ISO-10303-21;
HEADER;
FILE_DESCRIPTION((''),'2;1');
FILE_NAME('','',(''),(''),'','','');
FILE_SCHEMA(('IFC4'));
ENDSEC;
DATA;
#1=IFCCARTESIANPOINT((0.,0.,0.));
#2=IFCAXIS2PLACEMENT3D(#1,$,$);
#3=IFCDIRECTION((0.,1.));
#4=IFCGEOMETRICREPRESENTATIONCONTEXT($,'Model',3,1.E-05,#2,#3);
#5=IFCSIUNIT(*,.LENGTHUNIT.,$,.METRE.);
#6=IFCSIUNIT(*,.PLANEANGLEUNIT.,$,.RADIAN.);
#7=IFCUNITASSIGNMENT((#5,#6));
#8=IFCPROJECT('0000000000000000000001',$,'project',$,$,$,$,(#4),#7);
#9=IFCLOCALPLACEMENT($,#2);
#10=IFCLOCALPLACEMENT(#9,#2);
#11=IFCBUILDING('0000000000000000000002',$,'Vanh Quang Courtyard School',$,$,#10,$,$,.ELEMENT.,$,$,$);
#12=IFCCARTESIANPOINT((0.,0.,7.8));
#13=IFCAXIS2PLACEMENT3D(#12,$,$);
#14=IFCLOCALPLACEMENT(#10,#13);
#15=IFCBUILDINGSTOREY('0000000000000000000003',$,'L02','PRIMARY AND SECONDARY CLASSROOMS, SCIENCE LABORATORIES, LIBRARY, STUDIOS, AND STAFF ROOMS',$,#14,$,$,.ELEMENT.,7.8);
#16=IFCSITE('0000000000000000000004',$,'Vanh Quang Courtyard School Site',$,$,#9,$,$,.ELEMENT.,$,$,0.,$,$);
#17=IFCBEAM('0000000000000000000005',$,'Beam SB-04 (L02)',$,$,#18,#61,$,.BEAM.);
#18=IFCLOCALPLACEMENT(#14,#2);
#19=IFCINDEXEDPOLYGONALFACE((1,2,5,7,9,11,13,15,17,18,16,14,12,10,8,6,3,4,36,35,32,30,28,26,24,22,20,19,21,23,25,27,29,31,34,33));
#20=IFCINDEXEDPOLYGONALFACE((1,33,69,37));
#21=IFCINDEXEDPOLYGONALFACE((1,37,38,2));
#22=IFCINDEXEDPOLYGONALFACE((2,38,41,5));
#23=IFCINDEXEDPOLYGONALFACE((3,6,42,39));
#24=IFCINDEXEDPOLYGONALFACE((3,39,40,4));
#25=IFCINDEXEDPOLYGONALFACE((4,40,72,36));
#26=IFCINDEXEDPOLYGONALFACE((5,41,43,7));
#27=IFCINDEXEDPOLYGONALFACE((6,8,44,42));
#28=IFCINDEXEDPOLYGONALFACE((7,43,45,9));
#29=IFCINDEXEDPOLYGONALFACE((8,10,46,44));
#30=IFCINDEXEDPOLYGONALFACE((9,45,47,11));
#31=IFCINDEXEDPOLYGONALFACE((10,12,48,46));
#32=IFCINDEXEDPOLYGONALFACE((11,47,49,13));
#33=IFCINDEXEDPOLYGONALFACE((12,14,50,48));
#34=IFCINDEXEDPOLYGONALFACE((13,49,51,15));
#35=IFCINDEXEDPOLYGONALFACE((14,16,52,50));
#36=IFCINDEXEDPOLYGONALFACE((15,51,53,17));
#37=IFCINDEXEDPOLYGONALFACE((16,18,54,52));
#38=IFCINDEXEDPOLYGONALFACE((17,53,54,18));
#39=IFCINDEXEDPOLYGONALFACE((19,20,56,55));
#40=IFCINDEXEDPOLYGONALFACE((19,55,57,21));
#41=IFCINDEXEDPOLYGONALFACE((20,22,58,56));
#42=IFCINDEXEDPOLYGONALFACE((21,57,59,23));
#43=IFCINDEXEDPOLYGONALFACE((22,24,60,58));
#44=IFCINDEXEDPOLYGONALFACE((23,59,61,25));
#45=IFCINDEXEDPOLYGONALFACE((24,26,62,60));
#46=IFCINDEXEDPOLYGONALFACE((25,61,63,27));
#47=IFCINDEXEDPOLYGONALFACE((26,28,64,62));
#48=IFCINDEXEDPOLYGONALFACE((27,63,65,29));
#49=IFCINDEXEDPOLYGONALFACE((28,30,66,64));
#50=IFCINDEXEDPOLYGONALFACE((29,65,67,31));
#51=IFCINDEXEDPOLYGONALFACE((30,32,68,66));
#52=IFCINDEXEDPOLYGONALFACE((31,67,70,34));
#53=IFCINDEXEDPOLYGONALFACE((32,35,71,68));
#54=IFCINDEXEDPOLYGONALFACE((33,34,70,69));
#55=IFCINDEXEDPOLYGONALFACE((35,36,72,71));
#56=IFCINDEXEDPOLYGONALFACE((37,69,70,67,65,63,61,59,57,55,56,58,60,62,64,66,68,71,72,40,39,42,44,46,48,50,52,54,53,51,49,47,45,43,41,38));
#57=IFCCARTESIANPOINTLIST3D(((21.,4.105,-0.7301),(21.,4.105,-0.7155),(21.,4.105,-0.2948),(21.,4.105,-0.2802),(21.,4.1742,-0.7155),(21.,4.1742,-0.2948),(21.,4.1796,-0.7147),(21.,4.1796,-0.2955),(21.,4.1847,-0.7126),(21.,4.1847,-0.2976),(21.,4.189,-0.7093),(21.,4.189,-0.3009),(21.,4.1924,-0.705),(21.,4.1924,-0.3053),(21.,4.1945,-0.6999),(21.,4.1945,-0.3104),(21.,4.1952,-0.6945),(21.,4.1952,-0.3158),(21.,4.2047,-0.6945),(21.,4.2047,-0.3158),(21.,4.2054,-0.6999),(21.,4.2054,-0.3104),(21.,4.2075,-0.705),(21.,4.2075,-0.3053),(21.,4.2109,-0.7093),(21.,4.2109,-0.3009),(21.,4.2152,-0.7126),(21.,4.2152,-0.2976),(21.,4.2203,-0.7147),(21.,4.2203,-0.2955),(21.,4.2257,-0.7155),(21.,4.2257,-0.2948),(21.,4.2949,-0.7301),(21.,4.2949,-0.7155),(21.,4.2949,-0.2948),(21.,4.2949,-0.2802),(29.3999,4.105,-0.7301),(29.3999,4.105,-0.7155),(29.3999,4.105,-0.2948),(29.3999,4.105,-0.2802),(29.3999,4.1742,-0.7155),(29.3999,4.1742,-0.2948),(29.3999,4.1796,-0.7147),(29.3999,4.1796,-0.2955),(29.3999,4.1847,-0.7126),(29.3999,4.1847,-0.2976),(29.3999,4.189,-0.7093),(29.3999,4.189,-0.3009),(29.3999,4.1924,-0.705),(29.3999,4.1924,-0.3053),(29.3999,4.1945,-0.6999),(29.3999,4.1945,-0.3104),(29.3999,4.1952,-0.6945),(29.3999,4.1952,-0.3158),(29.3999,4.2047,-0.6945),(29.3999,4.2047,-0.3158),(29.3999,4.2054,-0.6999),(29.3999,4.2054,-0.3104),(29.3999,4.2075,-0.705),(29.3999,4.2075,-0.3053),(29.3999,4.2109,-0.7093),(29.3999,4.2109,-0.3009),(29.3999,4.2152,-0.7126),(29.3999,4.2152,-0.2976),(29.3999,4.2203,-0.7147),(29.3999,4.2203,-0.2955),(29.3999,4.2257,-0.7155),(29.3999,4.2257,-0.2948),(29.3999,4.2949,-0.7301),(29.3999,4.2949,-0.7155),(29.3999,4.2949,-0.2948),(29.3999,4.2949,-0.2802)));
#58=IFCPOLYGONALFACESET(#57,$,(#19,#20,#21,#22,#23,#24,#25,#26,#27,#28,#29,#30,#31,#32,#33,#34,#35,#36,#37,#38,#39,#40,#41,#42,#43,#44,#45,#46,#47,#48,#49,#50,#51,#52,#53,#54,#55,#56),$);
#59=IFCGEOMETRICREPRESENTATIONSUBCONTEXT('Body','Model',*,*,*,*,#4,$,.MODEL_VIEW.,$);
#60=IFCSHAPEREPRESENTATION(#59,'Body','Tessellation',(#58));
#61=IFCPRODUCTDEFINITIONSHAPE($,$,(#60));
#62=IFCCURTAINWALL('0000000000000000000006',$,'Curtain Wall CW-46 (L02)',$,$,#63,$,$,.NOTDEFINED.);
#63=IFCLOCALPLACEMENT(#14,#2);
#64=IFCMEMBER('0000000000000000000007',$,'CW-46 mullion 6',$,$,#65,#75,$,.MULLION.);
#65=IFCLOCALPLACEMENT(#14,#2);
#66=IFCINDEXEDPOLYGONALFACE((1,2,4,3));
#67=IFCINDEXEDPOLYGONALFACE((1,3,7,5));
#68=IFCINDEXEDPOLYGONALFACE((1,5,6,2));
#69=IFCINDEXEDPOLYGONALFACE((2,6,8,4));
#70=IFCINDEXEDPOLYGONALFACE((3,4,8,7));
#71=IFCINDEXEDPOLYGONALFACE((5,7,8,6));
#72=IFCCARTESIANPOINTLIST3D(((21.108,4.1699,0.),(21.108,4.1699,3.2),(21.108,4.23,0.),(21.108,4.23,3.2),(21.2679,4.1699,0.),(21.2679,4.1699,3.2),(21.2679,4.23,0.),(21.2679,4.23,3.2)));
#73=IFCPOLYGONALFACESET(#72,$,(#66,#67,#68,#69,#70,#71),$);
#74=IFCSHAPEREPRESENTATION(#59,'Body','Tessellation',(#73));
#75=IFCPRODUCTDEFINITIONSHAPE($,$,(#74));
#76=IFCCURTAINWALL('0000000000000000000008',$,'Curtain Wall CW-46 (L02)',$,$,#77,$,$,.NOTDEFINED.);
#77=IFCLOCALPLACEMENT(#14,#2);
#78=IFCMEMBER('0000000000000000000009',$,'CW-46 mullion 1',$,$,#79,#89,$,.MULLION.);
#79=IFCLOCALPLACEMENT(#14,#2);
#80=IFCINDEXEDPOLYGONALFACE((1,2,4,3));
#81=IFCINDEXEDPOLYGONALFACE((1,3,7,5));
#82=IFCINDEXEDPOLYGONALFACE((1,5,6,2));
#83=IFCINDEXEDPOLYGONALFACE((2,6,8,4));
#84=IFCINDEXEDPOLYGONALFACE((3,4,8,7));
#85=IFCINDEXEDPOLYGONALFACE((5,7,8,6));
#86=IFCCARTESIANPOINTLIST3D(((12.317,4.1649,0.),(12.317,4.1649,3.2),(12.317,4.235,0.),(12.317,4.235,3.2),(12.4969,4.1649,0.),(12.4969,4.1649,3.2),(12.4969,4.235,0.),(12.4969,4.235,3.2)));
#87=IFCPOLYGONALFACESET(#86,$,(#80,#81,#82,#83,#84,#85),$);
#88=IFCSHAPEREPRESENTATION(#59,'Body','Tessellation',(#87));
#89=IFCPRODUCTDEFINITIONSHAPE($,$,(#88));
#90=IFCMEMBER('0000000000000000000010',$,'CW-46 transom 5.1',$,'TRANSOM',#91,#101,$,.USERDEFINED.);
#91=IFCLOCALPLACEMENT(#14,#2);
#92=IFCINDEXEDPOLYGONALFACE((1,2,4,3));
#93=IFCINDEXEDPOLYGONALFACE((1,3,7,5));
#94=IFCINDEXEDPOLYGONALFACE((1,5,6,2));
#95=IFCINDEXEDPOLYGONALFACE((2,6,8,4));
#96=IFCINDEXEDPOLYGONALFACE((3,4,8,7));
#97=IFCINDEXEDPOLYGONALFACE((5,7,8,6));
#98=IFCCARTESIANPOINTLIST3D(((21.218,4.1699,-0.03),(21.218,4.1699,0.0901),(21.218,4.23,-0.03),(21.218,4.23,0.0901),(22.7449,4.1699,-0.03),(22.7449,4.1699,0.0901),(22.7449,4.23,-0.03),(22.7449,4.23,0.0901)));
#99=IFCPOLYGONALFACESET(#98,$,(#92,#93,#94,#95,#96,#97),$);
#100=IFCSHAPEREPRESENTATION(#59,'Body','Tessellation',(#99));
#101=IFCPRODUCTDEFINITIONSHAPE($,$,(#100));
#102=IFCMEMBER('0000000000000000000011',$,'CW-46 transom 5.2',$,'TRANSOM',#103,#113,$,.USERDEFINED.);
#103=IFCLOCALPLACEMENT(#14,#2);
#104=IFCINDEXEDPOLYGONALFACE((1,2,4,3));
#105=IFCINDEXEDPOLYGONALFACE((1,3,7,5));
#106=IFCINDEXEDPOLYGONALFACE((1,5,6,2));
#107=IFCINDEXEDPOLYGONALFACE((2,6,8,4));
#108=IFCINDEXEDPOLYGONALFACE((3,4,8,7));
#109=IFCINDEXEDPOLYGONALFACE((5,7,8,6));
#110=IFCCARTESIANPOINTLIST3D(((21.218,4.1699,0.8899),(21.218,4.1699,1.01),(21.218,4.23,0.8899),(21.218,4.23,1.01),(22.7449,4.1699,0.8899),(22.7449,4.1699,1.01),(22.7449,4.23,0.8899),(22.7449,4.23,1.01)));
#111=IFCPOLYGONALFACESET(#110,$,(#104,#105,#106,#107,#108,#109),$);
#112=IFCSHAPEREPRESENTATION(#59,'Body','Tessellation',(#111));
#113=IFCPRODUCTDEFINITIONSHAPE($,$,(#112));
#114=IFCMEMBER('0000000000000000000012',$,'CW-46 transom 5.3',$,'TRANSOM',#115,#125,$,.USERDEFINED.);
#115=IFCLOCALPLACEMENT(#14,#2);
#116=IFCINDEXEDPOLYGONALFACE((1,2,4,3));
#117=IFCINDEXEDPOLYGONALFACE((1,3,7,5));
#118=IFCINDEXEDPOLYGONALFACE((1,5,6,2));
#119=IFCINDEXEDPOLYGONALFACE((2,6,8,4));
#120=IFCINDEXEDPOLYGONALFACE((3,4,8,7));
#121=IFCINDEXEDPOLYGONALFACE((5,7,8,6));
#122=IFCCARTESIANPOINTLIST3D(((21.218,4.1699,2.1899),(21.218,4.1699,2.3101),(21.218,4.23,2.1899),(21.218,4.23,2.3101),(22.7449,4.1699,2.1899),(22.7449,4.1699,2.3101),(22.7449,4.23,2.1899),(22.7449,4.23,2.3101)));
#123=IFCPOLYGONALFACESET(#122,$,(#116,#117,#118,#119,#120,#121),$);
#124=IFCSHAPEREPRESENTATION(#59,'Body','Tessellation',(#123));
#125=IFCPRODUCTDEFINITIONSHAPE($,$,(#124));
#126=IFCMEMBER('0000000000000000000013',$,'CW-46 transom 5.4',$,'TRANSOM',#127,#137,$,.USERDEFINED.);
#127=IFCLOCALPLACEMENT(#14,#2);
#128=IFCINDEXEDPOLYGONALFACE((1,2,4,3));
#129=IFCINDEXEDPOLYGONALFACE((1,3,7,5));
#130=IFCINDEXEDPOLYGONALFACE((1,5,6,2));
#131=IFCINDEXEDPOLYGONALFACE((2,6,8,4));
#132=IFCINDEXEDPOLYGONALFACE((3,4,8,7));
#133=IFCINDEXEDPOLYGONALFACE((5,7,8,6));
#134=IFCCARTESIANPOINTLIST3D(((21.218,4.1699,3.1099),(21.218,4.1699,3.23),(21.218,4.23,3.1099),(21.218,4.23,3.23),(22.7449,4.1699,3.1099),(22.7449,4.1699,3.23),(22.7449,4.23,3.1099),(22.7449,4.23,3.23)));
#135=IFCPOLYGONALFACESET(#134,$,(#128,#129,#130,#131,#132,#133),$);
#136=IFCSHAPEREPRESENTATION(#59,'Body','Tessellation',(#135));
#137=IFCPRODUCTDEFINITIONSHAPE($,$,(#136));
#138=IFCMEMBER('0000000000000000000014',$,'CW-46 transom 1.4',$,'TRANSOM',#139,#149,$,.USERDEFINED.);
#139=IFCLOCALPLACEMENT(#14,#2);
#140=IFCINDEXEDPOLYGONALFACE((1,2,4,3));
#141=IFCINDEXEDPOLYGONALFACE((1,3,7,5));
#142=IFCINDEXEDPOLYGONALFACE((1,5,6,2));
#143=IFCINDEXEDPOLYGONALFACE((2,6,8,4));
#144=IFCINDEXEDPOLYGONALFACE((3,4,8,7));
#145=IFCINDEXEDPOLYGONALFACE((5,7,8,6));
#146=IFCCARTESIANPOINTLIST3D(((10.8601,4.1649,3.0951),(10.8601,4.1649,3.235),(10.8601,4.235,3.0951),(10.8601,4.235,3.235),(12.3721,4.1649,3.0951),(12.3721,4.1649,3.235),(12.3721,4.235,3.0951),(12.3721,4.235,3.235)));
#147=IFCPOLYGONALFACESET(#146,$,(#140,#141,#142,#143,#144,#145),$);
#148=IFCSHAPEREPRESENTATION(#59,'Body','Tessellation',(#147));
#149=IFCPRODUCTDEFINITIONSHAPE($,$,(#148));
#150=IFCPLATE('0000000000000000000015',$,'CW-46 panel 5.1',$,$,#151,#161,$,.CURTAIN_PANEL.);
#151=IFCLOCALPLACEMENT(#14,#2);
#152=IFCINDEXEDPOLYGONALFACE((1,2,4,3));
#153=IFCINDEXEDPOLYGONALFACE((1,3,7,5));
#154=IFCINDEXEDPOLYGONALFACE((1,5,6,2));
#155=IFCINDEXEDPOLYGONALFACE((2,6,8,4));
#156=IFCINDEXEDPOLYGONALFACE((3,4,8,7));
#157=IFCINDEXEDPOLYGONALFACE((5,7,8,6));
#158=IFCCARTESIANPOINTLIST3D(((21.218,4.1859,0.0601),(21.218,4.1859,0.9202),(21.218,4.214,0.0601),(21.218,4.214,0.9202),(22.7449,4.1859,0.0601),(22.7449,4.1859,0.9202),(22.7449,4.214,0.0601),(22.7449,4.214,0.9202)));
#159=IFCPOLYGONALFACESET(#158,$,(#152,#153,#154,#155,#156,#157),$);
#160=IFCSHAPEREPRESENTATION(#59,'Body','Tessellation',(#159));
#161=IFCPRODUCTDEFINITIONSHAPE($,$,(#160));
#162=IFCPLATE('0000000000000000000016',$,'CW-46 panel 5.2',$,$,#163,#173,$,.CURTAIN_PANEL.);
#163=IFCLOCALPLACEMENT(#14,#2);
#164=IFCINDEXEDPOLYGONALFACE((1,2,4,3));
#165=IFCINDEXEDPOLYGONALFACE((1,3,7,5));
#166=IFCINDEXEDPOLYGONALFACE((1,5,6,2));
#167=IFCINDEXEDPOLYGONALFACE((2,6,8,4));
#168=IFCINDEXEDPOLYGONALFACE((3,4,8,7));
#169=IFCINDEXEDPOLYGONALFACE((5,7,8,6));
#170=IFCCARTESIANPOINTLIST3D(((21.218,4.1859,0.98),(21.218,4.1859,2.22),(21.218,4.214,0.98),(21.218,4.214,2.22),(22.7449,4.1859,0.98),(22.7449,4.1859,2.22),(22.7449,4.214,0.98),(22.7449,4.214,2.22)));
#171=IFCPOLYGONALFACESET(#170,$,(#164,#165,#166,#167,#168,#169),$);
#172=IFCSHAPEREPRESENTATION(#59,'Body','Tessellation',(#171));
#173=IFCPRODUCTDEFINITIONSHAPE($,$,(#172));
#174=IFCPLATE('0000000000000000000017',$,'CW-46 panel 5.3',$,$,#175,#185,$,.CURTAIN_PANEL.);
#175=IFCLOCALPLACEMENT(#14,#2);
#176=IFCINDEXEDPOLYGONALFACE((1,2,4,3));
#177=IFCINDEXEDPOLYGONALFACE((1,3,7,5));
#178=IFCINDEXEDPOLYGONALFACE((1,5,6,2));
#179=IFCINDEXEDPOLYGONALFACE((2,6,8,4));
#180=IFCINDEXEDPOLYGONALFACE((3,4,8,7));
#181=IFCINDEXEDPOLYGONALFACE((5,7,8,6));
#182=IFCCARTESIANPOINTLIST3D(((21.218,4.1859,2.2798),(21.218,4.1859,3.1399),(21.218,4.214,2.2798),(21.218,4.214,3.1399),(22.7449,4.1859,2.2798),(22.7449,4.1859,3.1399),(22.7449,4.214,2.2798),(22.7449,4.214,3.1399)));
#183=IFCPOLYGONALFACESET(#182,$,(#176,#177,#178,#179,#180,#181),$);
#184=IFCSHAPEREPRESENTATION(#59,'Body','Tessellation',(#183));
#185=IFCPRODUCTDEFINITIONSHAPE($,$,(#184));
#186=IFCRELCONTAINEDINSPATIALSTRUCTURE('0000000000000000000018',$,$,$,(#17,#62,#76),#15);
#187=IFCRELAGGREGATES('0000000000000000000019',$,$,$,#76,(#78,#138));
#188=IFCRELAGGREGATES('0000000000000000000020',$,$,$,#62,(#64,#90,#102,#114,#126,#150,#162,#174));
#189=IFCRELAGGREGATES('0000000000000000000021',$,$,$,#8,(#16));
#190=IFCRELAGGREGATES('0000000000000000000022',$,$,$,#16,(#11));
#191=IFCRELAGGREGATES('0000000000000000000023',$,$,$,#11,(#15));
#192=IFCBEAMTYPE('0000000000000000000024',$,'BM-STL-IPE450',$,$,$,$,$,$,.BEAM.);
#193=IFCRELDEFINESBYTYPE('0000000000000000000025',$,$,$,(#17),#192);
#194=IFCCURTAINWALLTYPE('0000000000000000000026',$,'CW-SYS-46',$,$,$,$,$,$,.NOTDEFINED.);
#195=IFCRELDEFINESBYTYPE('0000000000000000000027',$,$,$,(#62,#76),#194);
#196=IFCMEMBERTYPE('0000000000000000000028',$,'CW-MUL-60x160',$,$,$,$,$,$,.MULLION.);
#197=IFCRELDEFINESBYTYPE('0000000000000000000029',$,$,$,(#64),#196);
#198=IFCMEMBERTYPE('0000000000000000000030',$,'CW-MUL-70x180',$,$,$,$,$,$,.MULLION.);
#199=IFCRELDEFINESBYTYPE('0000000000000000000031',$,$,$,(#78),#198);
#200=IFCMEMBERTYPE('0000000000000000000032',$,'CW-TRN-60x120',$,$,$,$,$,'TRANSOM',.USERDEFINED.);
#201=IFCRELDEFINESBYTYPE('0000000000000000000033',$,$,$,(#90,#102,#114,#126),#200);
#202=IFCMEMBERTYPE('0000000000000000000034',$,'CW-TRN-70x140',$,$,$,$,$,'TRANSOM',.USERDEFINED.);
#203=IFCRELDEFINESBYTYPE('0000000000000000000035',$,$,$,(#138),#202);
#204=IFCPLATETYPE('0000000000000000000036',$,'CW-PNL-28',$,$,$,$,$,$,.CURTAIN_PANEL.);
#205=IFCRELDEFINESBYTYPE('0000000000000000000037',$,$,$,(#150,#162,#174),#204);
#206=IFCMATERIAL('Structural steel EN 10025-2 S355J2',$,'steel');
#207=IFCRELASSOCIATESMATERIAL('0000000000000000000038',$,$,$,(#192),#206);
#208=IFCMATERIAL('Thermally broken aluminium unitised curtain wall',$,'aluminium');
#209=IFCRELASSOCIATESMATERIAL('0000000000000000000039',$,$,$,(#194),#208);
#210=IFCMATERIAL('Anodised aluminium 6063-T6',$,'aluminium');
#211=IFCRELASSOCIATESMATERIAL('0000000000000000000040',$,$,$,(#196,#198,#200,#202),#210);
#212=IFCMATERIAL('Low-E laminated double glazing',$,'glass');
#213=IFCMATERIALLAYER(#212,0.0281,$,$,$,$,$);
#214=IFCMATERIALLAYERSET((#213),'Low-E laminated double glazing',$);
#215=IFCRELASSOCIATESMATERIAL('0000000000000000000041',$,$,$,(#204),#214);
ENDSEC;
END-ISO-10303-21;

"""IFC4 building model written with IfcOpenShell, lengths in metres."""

from ifc_helpers import new_model, si_unit, direction, frame, origin, origin_2d, place, context, subcontext, project, spatial, rectangle, i_section, extrude, material, layer, layer_set, material_profile, profile_set, type_object, element, aggregate, save


model = new_model("IFC4")

# Units and contexts
model_context = context("Model", 3, precision=1e-05, world=origin(), true_north=direction((0.0, 1.0)))
body_context = subcontext(model_context, "Body", "Model", "MODEL_VIEW")
ifc_project = project(units=[si_unit("LENGTHUNIT", "METRE"), si_unit("PLANEANGLEUNIT", "RADIAN")], contexts=[model_context])

# Site, building, storey
site_placement = place(None, origin())
site = spatial("IfcSite", under=ifc_project, at=site_placement, Name="Vanh Quang Courtyard School Site", CompositionType="ELEMENT", RefElevation=0.0)
building_placement = place(site_placement, origin())
building = spatial("IfcBuilding", under=site, at=building_placement, Name="Vanh Quang Courtyard School", CompositionType="ELEMENT")
storey_placement = place(building_placement, frame((0.0, 0.0, 7.8)))
storey = spatial("IfcBuildingStorey", under=building, at=storey_placement, Name="L02", Description="PRIMARY AND SECONDARY CLASSROOMS, SCIENCE LABORATORIES, LIBRARY, STUDIOS, AND STAFF ROOMS", CompositionType="ELEMENT", Elevation=7.8)

# Shared definitions
ifc_material_1 = material(Name="Structural steel EN 10025-2 S355J2", Category="steel")

# Beam
ifc_material_profile_1 = material_profile(ifc_material_1, i_section(OverallWidth=0.1899, OverallDepth=0.45, WebThickness=0.0095, FlangeThickness=0.0146, FilletRadius=0.021, at=origin_2d()), Name="IPE 450")
ifc_profile_set_1 = profile_set([ifc_material_profile_1], Name="Structural steel EN 10025-2 S355J2")
beam_type_1 = type_object("IfcBeamType", Name="BM-STL-IPE450", PredefinedType="BEAM", material=ifc_profile_set_1)
for number, where, z_axis, x_axis, name in (
    (1, (21.0, 4.2, -0.5051), (1.0, 0.0, 0.0), (0.0, 1.0, 0.0), "Beam SB-04 (L02)"),
):
    element("IfcBeam", number, at=place(storey_placement, frame(where, z_axis=z_axis, x_axis=x_axis)), inside=storey, type_object=beam_type_1, Name=name, PredefinedType="BEAM", context=body_context, shape_type="SweptSolid", body=[
        extrude(i_section(OverallWidth=0.1899, OverallDepth=0.45, WebThickness=0.0095, FlangeThickness=0.0146, FilletRadius=0.021, at=origin_2d()), origin(), (0.0, 0.0, 1.0), 8.3999),
    ])

# Curtain walls, members
ifc_material_2 = material(Name="Thermally broken aluminium unitised curtain wall", Category="aluminium")
curtain_wall_type = type_object("IfcCurtainWallType", Name="CW-SYS-46", PredefinedType="NOTDEFINED", material=ifc_material_2)
curtain_wall_1_placement = place(storey_placement, origin())
curtain_wall_1 = element("IfcCurtainWall", 2, at=curtain_wall_1_placement, inside=storey, type_object=curtain_wall_type, Name="Curtain Wall CW-46 (L02)", PredefinedType="NOTDEFINED")
ifc_material_3 = material(Name="Anodised aluminium 6063-T6", Category="aluminium")
ifc_material_profile_2 = material_profile(ifc_material_3, rectangle(XDim=0.0601, YDim=0.1599, at=origin_2d()), Name="ALU-MUL 60x160")
ifc_profile_set_2 = profile_set([ifc_material_profile_2], Name="Anodised aluminium 6063-T6")
member_type_1 = type_object("IfcMemberType", Name="CW-MUL-60x160", PredefinedType="MULLION", material=ifc_profile_set_2)
member_1_placement = place(storey_placement, frame((21.188, 4.2, 0.0), z_axis=(0.0, 0.0, 1.0), x_axis=(0.0, -1.0, 0.0)))
member_1 = element("IfcMember", 3, at=member_1_placement, type_object=member_type_1, Name="CW-46 mullion 6", PredefinedType="MULLION", context=body_context, shape_type="SweptSolid", body=[
    extrude(rectangle(XDim=0.0601, YDim=0.1599, at=origin_2d()), origin(), (0.0, 0.0, 1.0), 3.2),
])
curtain_wall_2_placement = place(storey_placement, origin())
curtain_wall_2 = element("IfcCurtainWall", 4, at=curtain_wall_2_placement, inside=storey, type_object=curtain_wall_type, Name="Curtain Wall CW-46 (L02)", PredefinedType="NOTDEFINED")
ifc_material_profile_3 = material_profile(ifc_material_3, rectangle(XDim=0.0701, YDim=0.1799, at=origin_2d()), Name="ALU-MUL 70x180")
ifc_profile_set_3 = profile_set([ifc_material_profile_3], Name="Anodised aluminium 6063-T6")
member_type_2 = type_object("IfcMemberType", Name="CW-MUL-70x180", PredefinedType="MULLION", material=ifc_profile_set_3)
member_2_placement = place(storey_placement, frame((12.407, 4.2, 0.0), z_axis=(0.0, 0.0, 1.0), x_axis=(0.0, -1.0, 0.0)))
member_2 = element("IfcMember", 5, at=member_2_placement, type_object=member_type_2, Name="CW-46 mullion 1", PredefinedType="MULLION", context=body_context, shape_type="SweptSolid", body=[
    extrude(rectangle(XDim=0.0701, YDim=0.1799, at=origin_2d()), origin(), (0.0, 0.0, 1.0), 3.2),
])

# Members
ifc_material_profile_4 = material_profile(ifc_material_3, rectangle(XDim=0.0601, YDim=0.1201, at=origin_2d()), Name="ALU-TRN 60x120")
ifc_profile_set_4 = profile_set([ifc_material_profile_4], Name="Anodised aluminium 6063-T6")
member_type_3 = type_object("IfcMemberType", Name="CW-TRN-60x120", ElementType="TRANSOM", PredefinedType="USERDEFINED", material=ifc_profile_set_4)
member_3_placement = place(storey_placement, frame((22.7449, 4.2, 0.03), z_axis=(-1.0, 0.0, 0.0), x_axis=(0.0, -1.0, 0.0)))
member_3 = element("IfcMember", 6, at=member_3_placement, type_object=member_type_3, Name="CW-46 transom 5.1", ObjectType="TRANSOM", PredefinedType="USERDEFINED", context=body_context, shape_type="SweptSolid", body=[
    extrude(rectangle(XDim=0.0601, YDim=0.1201, at=origin_2d()), origin(), (0.0, 0.0, 1.0), 1.5269),
])
member_4_placement = place(storey_placement, frame((22.7449, 4.2, 0.95), z_axis=(-1.0, 0.0, 0.0), x_axis=(0.0, -1.0, 0.0)))
member_4 = element("IfcMember", 7, at=member_4_placement, type_object=member_type_3, Name="CW-46 transom 5.2", ObjectType="TRANSOM", PredefinedType="USERDEFINED", context=body_context, shape_type="SweptSolid", body=[
    extrude(rectangle(XDim=0.0601, YDim=0.1201, at=origin_2d()), origin(), (0.0, 0.0, 1.0), 1.5269),
])
member_5_placement = place(storey_placement, frame((22.7449, 4.2, 2.25), z_axis=(-1.0, 0.0, 0.0), x_axis=(0.0, -1.0, 0.0)))
member_5 = element("IfcMember", 8, at=member_5_placement, type_object=member_type_3, Name="CW-46 transom 5.3", ObjectType="TRANSOM", PredefinedType="USERDEFINED", context=body_context, shape_type="SweptSolid", body=[
    extrude(rectangle(XDim=0.0601, YDim=0.1201, at=origin_2d()), origin(), (0.0, 0.0, 1.0), 1.5269),
])
member_6_placement = place(storey_placement, frame((22.7449, 4.2, 3.1699), z_axis=(-1.0, 0.0, 0.0), x_axis=(0.0, -1.0, 0.0)))
member_6 = element("IfcMember", 9, at=member_6_placement, type_object=member_type_3, Name="CW-46 transom 5.4", ObjectType="TRANSOM", PredefinedType="USERDEFINED", context=body_context, shape_type="SweptSolid", body=[
    extrude(rectangle(XDim=0.0601, YDim=0.1201, at=origin_2d()), origin(), (0.0, 0.0, 1.0), 1.5269),
])
ifc_material_profile_5 = material_profile(ifc_material_3, rectangle(XDim=0.0701, YDim=0.1399, at=origin_2d()), Name="ALU-TRN 70x140")
ifc_profile_set_5 = profile_set([ifc_material_profile_5], Name="Anodised aluminium 6063-T6")
member_type_4 = type_object("IfcMemberType", Name="CW-TRN-70x140", ElementType="TRANSOM", PredefinedType="USERDEFINED", material=ifc_profile_set_5)
member_7_placement = place(storey_placement, frame((12.3721, 4.2, 3.165), z_axis=(-1.0, 0.0, 0.0), x_axis=(0.0, -1.0, 0.0)))
member_7 = element("IfcMember", 10, at=member_7_placement, type_object=member_type_4, Name="CW-46 transom 1.4", ObjectType="TRANSOM", PredefinedType="USERDEFINED", context=body_context, shape_type="SweptSolid", body=[
    extrude(rectangle(XDim=0.0701, YDim=0.1399, at=origin_2d()), origin(), (0.0, 0.0, 1.0), 1.512),
])
aggregate(curtain_wall_2, [member_2, member_7])

# Plates
ifc_material_4 = material(Name="Low-E laminated double glazing", Category="glass")
ifc_layer_1 = layer(ifc_material_4, 0.0281)
ifc_layer_set_1 = layer_set([ifc_layer_1], Name="Low-E laminated double glazing")
plate_type = type_object("IfcPlateType", Name="CW-PNL-28", PredefinedType="CURTAIN_PANEL", material=ifc_layer_set_1)
plate_1_placement = place(storey_placement, frame((21.9814, 4.2, 0.0601), z_axis=(0.0, 0.0, 1.0), x_axis=(-1.0, 0.0, 0.0)))
plate_1 = element("IfcPlate", 11, at=plate_1_placement, type_object=plate_type, Name="CW-46 panel 5.1", PredefinedType="CURTAIN_PANEL", context=body_context, shape_type="SweptSolid", body=[
    extrude(rectangle(XDim=1.5269, YDim=0.0281, at=origin_2d()), origin(), (0.0, 0.0, 1.0), 0.8601),
])
plate_2_placement = place(storey_placement, frame((21.9814, 4.2, 0.98), z_axis=(0.0, 0.0, 1.0), x_axis=(-1.0, 0.0, 0.0)))
plate_2 = element("IfcPlate", 12, at=plate_2_placement, type_object=plate_type, Name="CW-46 panel 5.2", PredefinedType="CURTAIN_PANEL", context=body_context, shape_type="SweptSolid", body=[
    extrude(rectangle(XDim=1.5269, YDim=0.0281, at=origin_2d()), origin(), (0.0, 0.0, 1.0), 1.24),
])
plate_3_placement = place(storey_placement, frame((21.9814, 4.2, 2.2798), z_axis=(0.0, 0.0, 1.0), x_axis=(-1.0, 0.0, 0.0)))
plate_3 = element("IfcPlate", 13, at=plate_3_placement, type_object=plate_type, Name="CW-46 panel 5.3", PredefinedType="CURTAIN_PANEL", context=body_context, shape_type="SweptSolid", body=[
    extrude(rectangle(XDim=1.5269, YDim=0.0281, at=origin_2d()), origin(), (0.0, 0.0, 1.0), 0.8601),
])
aggregate(curtain_wall_1, [member_1, member_3, member_4, member_5, member_6, plate_1, plate_2, plate_3])

save(model, "model.ifc")
